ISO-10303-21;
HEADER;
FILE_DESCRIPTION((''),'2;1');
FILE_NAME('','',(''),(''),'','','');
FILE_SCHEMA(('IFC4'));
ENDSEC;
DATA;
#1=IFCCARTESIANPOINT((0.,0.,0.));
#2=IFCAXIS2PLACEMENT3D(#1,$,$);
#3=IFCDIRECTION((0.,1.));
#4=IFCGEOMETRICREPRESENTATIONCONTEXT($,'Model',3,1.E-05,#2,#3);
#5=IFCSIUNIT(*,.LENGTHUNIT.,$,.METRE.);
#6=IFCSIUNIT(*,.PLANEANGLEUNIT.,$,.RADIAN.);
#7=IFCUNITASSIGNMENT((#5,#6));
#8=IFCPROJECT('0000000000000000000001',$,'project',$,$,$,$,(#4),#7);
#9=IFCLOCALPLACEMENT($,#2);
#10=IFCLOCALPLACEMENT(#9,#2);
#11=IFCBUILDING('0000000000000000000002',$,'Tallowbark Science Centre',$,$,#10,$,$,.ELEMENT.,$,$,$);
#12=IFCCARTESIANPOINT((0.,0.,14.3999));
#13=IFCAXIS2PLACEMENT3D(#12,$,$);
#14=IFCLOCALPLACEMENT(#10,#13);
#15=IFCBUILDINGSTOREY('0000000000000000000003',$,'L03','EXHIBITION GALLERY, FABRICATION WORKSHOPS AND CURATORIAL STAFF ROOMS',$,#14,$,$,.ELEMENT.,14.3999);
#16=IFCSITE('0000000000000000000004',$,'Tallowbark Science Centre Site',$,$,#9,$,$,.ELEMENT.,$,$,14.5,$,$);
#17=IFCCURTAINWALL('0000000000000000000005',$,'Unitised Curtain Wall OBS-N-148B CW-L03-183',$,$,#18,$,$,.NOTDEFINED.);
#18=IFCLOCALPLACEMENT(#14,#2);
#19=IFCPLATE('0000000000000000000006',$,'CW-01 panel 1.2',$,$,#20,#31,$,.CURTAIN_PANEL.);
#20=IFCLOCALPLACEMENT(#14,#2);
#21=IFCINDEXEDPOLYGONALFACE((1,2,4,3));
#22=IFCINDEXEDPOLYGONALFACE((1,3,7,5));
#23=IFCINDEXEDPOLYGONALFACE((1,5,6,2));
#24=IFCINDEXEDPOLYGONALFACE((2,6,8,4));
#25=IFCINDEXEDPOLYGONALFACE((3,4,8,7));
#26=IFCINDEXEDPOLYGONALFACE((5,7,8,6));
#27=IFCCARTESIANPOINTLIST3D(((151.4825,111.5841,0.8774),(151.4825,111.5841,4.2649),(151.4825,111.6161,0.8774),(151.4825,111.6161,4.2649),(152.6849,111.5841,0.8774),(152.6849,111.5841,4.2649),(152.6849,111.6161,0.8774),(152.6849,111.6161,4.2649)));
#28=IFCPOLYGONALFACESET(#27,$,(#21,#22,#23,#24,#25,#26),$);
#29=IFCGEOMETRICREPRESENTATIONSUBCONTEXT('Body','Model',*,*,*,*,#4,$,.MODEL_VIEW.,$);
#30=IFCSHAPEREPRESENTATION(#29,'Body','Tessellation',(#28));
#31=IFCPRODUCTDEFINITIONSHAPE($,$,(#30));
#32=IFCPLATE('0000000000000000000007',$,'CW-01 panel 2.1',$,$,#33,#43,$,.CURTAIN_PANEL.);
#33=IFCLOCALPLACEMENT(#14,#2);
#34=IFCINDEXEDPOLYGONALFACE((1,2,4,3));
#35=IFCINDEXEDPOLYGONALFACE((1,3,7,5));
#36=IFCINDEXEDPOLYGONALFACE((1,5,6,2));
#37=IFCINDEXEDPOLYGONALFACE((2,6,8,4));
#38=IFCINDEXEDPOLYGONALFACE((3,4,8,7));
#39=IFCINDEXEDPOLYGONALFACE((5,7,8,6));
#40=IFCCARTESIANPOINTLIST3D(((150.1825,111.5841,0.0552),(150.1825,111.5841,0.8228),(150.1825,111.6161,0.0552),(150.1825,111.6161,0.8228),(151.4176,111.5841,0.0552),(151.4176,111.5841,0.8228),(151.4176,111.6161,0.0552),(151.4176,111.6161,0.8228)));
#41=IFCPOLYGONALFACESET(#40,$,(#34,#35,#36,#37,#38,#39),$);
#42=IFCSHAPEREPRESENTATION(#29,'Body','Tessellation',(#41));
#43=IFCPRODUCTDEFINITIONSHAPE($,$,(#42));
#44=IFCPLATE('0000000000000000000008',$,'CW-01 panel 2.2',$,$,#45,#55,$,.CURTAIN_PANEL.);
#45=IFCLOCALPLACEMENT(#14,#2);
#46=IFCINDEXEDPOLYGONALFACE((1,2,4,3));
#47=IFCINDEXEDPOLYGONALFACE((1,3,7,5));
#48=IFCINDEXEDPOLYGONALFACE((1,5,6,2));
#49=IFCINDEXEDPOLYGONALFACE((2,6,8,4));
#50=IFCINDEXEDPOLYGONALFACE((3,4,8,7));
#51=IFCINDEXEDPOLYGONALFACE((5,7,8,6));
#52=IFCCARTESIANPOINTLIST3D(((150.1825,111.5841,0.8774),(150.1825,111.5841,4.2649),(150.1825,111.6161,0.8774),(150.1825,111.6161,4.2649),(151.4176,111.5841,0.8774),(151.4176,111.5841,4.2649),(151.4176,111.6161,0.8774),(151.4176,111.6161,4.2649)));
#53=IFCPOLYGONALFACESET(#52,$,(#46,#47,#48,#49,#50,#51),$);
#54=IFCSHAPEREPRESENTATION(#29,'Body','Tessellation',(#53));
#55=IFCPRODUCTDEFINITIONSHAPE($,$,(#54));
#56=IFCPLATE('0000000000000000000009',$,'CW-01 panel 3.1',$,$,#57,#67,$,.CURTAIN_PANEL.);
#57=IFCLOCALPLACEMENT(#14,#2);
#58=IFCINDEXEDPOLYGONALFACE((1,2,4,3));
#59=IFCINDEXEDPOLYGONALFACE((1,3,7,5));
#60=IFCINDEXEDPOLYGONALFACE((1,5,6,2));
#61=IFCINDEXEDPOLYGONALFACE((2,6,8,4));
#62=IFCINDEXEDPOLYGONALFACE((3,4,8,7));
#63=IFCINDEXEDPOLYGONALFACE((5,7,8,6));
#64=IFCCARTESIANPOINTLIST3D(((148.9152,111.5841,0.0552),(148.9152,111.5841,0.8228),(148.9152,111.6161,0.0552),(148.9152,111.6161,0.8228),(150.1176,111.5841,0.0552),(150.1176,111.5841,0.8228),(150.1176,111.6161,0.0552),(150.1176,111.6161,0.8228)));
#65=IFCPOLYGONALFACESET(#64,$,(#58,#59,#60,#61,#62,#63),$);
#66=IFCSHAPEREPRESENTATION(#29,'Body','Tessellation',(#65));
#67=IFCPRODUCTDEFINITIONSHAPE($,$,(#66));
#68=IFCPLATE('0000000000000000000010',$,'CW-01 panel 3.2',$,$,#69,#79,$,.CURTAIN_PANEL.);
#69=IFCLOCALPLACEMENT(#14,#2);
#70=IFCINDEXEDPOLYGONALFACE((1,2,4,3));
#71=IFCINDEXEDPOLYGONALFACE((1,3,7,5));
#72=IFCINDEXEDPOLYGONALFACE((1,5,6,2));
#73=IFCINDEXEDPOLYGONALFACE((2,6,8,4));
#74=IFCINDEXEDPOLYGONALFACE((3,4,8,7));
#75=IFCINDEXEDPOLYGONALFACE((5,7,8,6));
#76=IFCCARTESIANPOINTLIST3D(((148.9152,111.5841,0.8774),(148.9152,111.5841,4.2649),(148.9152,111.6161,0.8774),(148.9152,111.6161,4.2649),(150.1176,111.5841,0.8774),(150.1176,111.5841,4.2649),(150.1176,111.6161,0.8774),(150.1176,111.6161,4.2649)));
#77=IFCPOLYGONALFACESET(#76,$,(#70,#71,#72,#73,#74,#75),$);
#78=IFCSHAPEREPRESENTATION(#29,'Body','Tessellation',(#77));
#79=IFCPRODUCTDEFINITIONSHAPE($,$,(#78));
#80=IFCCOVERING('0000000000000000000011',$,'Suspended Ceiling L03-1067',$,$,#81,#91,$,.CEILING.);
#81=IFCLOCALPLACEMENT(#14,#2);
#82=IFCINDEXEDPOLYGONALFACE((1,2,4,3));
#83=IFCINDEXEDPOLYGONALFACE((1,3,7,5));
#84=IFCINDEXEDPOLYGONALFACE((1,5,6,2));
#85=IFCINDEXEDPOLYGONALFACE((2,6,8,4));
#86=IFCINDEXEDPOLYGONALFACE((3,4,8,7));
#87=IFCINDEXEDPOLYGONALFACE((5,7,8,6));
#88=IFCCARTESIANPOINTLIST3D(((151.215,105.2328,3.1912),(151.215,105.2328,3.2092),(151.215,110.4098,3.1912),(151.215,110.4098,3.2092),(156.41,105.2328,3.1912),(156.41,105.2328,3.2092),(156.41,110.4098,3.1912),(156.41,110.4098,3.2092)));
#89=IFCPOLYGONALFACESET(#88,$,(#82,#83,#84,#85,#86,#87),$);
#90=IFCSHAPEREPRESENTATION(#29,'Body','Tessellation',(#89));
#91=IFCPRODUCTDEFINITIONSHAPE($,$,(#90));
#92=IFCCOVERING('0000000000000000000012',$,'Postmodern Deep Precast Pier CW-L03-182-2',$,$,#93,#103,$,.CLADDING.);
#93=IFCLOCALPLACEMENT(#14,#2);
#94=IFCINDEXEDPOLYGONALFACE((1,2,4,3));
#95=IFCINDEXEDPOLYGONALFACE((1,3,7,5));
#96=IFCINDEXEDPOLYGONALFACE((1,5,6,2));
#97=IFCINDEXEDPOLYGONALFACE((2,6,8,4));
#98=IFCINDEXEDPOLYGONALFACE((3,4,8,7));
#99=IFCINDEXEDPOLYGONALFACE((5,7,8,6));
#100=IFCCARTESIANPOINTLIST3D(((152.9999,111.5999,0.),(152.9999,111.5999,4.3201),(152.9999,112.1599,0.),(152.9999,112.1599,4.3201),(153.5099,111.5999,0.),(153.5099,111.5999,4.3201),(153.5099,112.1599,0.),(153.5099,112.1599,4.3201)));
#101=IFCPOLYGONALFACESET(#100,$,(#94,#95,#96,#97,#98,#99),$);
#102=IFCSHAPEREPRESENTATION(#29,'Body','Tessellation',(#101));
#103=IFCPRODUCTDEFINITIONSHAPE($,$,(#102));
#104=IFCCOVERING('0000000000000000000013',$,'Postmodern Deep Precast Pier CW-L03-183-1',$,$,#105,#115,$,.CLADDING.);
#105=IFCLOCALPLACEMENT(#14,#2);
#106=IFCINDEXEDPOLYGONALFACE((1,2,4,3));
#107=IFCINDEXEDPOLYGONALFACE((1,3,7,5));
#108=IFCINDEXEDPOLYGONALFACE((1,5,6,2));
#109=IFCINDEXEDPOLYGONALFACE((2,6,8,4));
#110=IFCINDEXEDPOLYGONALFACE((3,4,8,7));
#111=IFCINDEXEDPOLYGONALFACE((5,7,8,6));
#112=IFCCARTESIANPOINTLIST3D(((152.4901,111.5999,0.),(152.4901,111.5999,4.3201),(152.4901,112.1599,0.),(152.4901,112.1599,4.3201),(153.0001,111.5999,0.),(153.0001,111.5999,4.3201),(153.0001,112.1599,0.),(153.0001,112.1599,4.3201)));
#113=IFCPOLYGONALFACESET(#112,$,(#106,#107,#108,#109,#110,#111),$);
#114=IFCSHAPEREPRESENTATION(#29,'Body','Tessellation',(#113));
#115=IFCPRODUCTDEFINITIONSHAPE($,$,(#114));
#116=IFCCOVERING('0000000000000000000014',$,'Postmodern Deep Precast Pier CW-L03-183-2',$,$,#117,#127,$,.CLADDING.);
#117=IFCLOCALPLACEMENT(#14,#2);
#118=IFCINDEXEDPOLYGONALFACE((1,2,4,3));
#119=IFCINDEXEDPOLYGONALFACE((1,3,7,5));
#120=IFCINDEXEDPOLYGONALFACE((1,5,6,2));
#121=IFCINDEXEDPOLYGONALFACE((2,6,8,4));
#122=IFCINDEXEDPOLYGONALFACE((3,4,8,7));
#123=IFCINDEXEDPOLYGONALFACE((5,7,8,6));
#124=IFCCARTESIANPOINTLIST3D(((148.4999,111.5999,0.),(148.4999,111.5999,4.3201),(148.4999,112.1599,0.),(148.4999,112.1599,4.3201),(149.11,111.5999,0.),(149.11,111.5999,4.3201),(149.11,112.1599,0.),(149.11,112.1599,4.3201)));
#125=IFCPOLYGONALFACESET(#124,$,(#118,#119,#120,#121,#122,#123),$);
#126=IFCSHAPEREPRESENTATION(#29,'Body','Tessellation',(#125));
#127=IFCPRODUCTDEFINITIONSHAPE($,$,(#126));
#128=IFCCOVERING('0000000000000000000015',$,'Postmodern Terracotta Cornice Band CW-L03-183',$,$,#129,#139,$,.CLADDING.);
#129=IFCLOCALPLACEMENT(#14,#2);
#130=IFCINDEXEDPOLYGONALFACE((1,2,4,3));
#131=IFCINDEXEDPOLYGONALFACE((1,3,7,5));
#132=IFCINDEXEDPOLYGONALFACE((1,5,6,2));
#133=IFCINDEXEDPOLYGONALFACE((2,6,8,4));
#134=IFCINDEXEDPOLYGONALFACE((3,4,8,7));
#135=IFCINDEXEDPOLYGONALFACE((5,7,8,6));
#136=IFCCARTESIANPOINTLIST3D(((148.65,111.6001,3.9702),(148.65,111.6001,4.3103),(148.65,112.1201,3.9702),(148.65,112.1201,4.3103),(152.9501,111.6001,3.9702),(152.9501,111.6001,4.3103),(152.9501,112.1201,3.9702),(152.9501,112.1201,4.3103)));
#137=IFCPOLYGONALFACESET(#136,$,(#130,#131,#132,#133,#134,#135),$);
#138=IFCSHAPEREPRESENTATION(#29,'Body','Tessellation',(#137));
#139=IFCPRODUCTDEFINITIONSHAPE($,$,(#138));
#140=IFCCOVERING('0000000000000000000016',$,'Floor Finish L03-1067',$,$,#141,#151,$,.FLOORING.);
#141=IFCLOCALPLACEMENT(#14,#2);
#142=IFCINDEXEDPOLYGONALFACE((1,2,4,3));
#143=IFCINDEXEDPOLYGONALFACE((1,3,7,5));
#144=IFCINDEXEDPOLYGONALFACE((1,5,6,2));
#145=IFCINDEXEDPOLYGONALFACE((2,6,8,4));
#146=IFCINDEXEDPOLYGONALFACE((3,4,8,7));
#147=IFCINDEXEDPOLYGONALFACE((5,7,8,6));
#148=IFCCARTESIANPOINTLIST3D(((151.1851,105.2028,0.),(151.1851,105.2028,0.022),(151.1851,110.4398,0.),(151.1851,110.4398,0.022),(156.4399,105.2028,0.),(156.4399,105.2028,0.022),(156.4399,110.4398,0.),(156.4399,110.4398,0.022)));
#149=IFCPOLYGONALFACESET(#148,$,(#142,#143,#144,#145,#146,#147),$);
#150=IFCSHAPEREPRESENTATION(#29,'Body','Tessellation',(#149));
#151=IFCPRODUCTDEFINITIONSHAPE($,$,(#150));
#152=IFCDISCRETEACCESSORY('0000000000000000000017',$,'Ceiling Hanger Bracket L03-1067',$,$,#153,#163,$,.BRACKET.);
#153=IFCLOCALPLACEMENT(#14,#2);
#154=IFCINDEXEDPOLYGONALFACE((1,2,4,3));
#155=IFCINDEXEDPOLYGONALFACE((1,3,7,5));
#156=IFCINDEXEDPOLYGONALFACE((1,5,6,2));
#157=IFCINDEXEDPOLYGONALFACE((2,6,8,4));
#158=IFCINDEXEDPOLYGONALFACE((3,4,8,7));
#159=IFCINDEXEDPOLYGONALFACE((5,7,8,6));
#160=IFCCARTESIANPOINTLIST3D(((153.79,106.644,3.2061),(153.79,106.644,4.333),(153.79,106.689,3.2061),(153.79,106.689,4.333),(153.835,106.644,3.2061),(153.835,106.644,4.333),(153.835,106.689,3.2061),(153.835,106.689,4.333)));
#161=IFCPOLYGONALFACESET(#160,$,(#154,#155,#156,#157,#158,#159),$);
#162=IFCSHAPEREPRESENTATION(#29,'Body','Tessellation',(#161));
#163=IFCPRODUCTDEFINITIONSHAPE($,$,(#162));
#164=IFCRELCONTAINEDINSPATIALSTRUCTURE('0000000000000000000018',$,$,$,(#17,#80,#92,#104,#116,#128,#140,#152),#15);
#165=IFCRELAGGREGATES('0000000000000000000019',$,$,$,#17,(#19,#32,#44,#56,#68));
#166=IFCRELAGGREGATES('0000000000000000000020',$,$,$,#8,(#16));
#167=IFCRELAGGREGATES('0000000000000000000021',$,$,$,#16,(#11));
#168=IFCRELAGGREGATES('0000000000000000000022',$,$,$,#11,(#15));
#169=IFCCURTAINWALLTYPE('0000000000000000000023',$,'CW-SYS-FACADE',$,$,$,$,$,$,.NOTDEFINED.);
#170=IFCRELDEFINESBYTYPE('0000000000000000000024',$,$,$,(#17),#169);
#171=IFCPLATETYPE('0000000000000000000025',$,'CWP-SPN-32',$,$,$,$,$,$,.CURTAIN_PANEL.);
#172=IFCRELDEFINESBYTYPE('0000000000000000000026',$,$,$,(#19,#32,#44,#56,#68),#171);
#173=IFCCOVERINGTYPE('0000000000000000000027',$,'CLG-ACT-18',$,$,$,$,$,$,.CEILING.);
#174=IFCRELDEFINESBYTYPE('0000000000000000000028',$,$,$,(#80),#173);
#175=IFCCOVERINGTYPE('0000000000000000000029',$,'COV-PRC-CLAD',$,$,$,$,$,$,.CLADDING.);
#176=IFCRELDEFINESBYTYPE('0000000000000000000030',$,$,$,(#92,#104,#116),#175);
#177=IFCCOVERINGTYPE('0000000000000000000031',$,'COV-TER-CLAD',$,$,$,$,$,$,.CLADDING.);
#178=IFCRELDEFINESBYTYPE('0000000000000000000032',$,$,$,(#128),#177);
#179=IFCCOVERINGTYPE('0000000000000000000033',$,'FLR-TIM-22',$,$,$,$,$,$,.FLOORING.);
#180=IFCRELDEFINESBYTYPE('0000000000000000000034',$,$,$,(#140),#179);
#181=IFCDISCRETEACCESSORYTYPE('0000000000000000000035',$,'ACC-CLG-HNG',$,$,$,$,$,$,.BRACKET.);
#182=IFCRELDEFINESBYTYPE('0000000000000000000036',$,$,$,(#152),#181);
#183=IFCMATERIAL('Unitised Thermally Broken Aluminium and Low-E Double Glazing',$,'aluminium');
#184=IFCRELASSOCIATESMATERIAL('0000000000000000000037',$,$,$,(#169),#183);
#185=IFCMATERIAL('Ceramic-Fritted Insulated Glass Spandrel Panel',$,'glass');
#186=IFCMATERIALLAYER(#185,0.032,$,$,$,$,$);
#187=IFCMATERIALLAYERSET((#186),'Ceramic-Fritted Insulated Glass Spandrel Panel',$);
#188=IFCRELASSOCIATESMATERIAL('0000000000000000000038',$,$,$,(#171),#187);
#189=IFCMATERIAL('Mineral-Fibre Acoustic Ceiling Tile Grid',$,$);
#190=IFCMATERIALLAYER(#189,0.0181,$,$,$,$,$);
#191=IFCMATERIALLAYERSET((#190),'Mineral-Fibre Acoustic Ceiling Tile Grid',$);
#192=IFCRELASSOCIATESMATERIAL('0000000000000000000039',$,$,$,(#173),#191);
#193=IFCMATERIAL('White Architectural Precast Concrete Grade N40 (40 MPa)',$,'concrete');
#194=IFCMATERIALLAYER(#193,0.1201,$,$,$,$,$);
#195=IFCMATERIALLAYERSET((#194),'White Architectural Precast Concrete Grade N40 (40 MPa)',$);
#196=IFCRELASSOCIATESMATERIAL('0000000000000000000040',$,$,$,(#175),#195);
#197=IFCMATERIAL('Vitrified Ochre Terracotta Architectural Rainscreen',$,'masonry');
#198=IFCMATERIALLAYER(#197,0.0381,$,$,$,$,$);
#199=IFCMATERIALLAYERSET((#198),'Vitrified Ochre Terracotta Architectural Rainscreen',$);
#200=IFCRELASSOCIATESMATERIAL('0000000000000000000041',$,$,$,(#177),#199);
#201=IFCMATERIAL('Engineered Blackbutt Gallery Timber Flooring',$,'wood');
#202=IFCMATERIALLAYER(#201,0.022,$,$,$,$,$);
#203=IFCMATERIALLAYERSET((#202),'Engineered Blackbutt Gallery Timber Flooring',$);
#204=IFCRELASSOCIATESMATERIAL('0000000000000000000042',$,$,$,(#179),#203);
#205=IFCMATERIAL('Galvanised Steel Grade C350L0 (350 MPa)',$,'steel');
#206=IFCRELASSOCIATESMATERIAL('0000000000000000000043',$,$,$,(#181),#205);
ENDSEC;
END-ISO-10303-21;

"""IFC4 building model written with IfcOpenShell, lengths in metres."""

from ifc_helpers import new_model, si_unit, direction, frame, origin, origin_2d, place, context, subcontext, project, spatial, rectangle, extrude, material, layer, layer_set, type_object, element, aggregate, save


model = new_model("IFC4")

# Units and contexts
model_context = context("Model", 3, precision=1e-05, world=origin(), true_north=direction((0.0, 1.0)))
body_context = subcontext(model_context, "Body", "Model", "MODEL_VIEW")
ifc_project = project(units=[si_unit("LENGTHUNIT", "METRE"), si_unit("PLANEANGLEUNIT", "RADIAN")], contexts=[model_context])

# Site, building, storey
site_placement = place(None, origin())
site = spatial("IfcSite", under=ifc_project, at=site_placement, Name="Tallowbark Science Centre Site", CompositionType="ELEMENT", RefElevation=14.5)
building_placement = place(site_placement, origin())
building = spatial("IfcBuilding", under=site, at=building_placement, Name="Tallowbark Science Centre", CompositionType="ELEMENT")
storey_placement = place(building_placement, frame((0.0, 0.0, 14.3999)))
storey = spatial("IfcBuildingStorey", under=building, at=storey_placement, Name="L03", Description="EXHIBITION GALLERY, FABRICATION WORKSHOPS AND CURATORIAL STAFF ROOMS", CompositionType="ELEMENT", Elevation=14.3999)

# Shared definitions
ifc_material_1 = material(Name="Unitised Thermally Broken Aluminium and Low-E Double Glazing", Category="aluminium")
curtain_wall_type = type_object("IfcCurtainWallType", Name="CW-SYS-FACADE", PredefinedType="NOTDEFINED", material=ifc_material_1)

# Curtain wall
curtain_wall_1_placement = place(storey_placement, origin())
curtain_wall_1 = element("IfcCurtainWall", 1, at=curtain_wall_1_placement, inside=storey, type_object=curtain_wall_type, Name="Unitised Curtain Wall OBS-N-148B CW-L03-183", PredefinedType="NOTDEFINED")

# Plates
ifc_material_2 = material(Name="Ceramic-Fritted Insulated Glass Spandrel Panel", Category="glass")
ifc_layer_1 = layer(ifc_material_2, 0.032)
ifc_layer_set_1 = layer_set([ifc_layer_1], Name="Ceramic-Fritted Insulated Glass Spandrel Panel")
plate_type_1 = type_object("IfcPlateType", Name="CWP-SPN-32", PredefinedType="CURTAIN_PANEL", material=ifc_layer_set_1)
plate_1_placement = place(storey_placement, frame((152.0837, 111.6001, 0.8774), z_axis=(0.0, 0.0, 1.0), x_axis=(-1.0, 0.0, 0.0)))
plate_1 = element("IfcPlate", 2, at=plate_1_placement, type_object=plate_type_1, Name="CW-01 panel 1.2", PredefinedType="CURTAIN_PANEL", context=body_context, shape_type="SweptSolid", body=[
    extrude(rectangle(XDim=1.2024, YDim=0.032, at=origin_2d()), origin(), (0.0, 0.0, 1.0), 3.3875),
])
plate_2_placement = place(storey_placement, frame((150.8, 111.6001, 0.0552), z_axis=(0.0, 0.0, 1.0), x_axis=(-1.0, 0.0, 0.0)))
plate_2 = element("IfcPlate", 3, at=plate_2_placement, type_object=plate_type_1, Name="CW-01 panel 2.1", PredefinedType="CURTAIN_PANEL", context=body_context, shape_type="SweptSolid", body=[
    extrude(rectangle(XDim=1.2351, YDim=0.032, at=origin_2d()), origin(), (0.0, 0.0, 1.0), 0.7676),
])
plate_3_placement = place(storey_placement, frame((150.8, 111.6001, 0.8774), z_axis=(0.0, 0.0, 1.0), x_axis=(-1.0, 0.0, 0.0)))
plate_3 = element("IfcPlate", 4, at=plate_3_placement, type_object=plate_type_1, Name="CW-01 panel 2.2", PredefinedType="CURTAIN_PANEL", context=body_context, shape_type="SweptSolid", body=[
    extrude(rectangle(XDim=1.2351, YDim=0.032, at=origin_2d()), origin(), (0.0, 0.0, 1.0), 3.3875),
])
plate_4_placement = place(storey_placement, frame((149.5164, 111.6001, 0.0552), z_axis=(0.0, 0.0, 1.0), x_axis=(-1.0, 0.0, 0.0)))
plate_4 = element("IfcPlate", 5, at=plate_4_placement, type_object=plate_type_1, Name="CW-01 panel 3.1", PredefinedType="CURTAIN_PANEL", context=body_context, shape_type="SweptSolid", body=[
    extrude(rectangle(XDim=1.2024, YDim=0.032, at=origin_2d()), origin(), (0.0, 0.0, 1.0), 0.7676),
])
plate_5_placement = place(storey_placement, frame((149.5164, 111.6001, 0.8774), z_axis=(0.0, 0.0, 1.0), x_axis=(-1.0, 0.0, 0.0)))
plate_5 = element("IfcPlate", 6, at=plate_5_placement, type_object=plate_type_1, Name="CW-01 panel 3.2", PredefinedType="CURTAIN_PANEL", context=body_context, shape_type="SweptSolid", body=[
    extrude(rectangle(XDim=1.2024, YDim=0.032, at=origin_2d()), origin(), (0.0, 0.0, 1.0), 3.3875),
])
aggregate(curtain_wall_1, [plate_1, plate_2, plate_3, plate_4, plate_5])

# Coverings
ifc_material_3 = material(Name="Mineral-Fibre Acoustic Ceiling Tile Grid")
ifc_layer_2 = layer(ifc_material_3, 0.0181)
ifc_layer_set_2 = layer_set([ifc_layer_2], Name="Mineral-Fibre Acoustic Ceiling Tile Grid")
covering_type_1 = type_object("IfcCoveringType", Name="CLG-ACT-18", PredefinedType="CEILING", material=ifc_layer_set_2)
covering_1_placement = place(storey_placement, frame((153.8125, 107.8213, 3.1912), z_axis=(0.0, 0.0, 1.0), x_axis=(1.0, 0.0, 0.0)))
element("IfcCovering", 7, at=covering_1_placement, inside=storey, type_object=covering_type_1, Name="Suspended Ceiling L03-1067", PredefinedType="CEILING", context=body_context, shape_type="SweptSolid", body=[
    extrude(rectangle(XDim=5.1951, YDim=5.177, at=origin_2d()), origin(), (0.0, 0.0, 1.0), 0.0181),
])
ifc_material_4 = material(Name="White Architectural Precast Concrete Grade N40 (40 MPa)", Category="concrete")
ifc_layer_3 = layer(ifc_material_4, 0.1201)
ifc_layer_set_3 = layer_set([ifc_layer_3], Name="White Architectural Precast Concrete Grade N40 (40 MPa)")
covering_type_2 = type_object("IfcCoveringType", Name="COV-PRC-CLAD", PredefinedType="CLADDING", material=ifc_layer_set_3)
for number, where, z_axis, x_axis, name in (
    (8, (153.2549, 111.8799, 0.0), (0.0, 0.0, 1.0), (-1.0, 0.0, 0.0), "Postmodern Deep Precast Pier CW-L03-182-2"),
    (9, (152.7451, 111.8799, 0.0), (0.0, 0.0, 1.0), (-1.0, 0.0, 0.0), "Postmodern Deep Precast Pier CW-L03-183-1"),
):
    element("IfcCovering", number, at=place(storey_placement, frame(where, z_axis=z_axis, x_axis=x_axis)), inside=storey, type_object=covering_type_2, Name=name, PredefinedType="CLADDING", context=body_context, shape_type="SweptSolid", body=[
        extrude(rectangle(XDim=0.51, YDim=0.5601, at=origin_2d()), origin(), (0.0, 0.0, 1.0), 4.3201),
    ])
covering_2_placement = place(storey_placement, frame((148.8049, 111.8799, 0.0), z_axis=(0.0, 0.0, 1.0), x_axis=(-1.0, 0.0, 0.0)))
element("IfcCovering", 10, at=covering_2_placement, inside=storey, type_object=covering_type_2, Name="Postmodern Deep Precast Pier CW-L03-183-2", PredefinedType="CLADDING", context=body_context, shape_type="SweptSolid", body=[
    extrude(rectangle(XDim=0.6101, YDim=0.5601, at=origin_2d()), origin(), (0.0, 0.0, 1.0), 4.3201),
])
ifc_material_5 = material(Name="Vitrified Ochre Terracotta Architectural Rainscreen", Category="masonry")
ifc_layer_4 = layer(ifc_material_5, 0.0381)
ifc_layer_set_4 = layer_set([ifc_layer_4], Name="Vitrified Ochre Terracotta Architectural Rainscreen")
covering_type_3 = type_object("IfcCoveringType", Name="COV-TER-CLAD", PredefinedType="CLADDING", material=ifc_layer_set_4)
covering_3_placement = place(storey_placement, frame((150.8, 111.8601, 3.9702), z_axis=(0.0, 0.0, 1.0), x_axis=(-1.0, 0.0, 0.0)))
element("IfcCovering", 11, at=covering_3_placement, inside=storey, type_object=covering_type_3, Name="Postmodern Terracotta Cornice Band CW-L03-183", PredefinedType="CLADDING", context=body_context, shape_type="SweptSolid", body=[
    extrude(rectangle(XDim=4.3, YDim=0.52, at=origin_2d()), origin(), (0.0, 0.0, 1.0), 0.3401),
])
ifc_material_6 = material(Name="Engineered Blackbutt Gallery Timber Flooring", Category="wood")
ifc_layer_5 = layer(ifc_material_6, 0.022)
ifc_layer_set_5 = layer_set([ifc_layer_5], Name="Engineered Blackbutt Gallery Timber Flooring")
covering_type_4 = type_object("IfcCoveringType", Name="FLR-TIM-22", PredefinedType="FLOORING", material=ifc_layer_set_5)
covering_4_placement = place(storey_placement, frame((153.8125, 107.8213, 0.0), z_axis=(0.0, 0.0, 1.0), x_axis=(1.0, 0.0, 0.0)))
element("IfcCovering", 12, at=covering_4_placement, inside=storey, type_object=covering_type_4, Name="Floor Finish L03-1067", PredefinedType="FLOORING", context=body_context, shape_type="SweptSolid", body=[
    extrude(rectangle(XDim=5.2549, YDim=5.2371, at=origin_2d()), origin(), (0.0, 0.0, 1.0), 0.022),
])

# Discrete accessory
ifc_material_7 = material(Name="Galvanised Steel Grade C350L0 (350 MPa)", Category="steel")
discrete_accessory_type = type_object("IfcDiscreteAccessoryType", Name="ACC-CLG-HNG", PredefinedType="BRACKET", material=ifc_material_7)
discrete_accessory_placement = place(storey_placement, frame((153.8125, 106.6665, 3.2061), z_axis=(0.0, 0.0, 1.0), x_axis=(1.0, 0.0, 0.0)))
element("IfcDiscreteAccessory", 13, at=discrete_accessory_placement, inside=storey, type_object=discrete_accessory_type, Name="Ceiling Hanger Bracket L03-1067", PredefinedType="BRACKET", context=body_context, shape_type="SweptSolid", body=[
    extrude(rectangle(XDim=0.0449, YDim=0.0449, at=origin_2d()), origin(), (0.0, 0.0, 1.0), 1.127),
])

save(model, "model.ifc")
